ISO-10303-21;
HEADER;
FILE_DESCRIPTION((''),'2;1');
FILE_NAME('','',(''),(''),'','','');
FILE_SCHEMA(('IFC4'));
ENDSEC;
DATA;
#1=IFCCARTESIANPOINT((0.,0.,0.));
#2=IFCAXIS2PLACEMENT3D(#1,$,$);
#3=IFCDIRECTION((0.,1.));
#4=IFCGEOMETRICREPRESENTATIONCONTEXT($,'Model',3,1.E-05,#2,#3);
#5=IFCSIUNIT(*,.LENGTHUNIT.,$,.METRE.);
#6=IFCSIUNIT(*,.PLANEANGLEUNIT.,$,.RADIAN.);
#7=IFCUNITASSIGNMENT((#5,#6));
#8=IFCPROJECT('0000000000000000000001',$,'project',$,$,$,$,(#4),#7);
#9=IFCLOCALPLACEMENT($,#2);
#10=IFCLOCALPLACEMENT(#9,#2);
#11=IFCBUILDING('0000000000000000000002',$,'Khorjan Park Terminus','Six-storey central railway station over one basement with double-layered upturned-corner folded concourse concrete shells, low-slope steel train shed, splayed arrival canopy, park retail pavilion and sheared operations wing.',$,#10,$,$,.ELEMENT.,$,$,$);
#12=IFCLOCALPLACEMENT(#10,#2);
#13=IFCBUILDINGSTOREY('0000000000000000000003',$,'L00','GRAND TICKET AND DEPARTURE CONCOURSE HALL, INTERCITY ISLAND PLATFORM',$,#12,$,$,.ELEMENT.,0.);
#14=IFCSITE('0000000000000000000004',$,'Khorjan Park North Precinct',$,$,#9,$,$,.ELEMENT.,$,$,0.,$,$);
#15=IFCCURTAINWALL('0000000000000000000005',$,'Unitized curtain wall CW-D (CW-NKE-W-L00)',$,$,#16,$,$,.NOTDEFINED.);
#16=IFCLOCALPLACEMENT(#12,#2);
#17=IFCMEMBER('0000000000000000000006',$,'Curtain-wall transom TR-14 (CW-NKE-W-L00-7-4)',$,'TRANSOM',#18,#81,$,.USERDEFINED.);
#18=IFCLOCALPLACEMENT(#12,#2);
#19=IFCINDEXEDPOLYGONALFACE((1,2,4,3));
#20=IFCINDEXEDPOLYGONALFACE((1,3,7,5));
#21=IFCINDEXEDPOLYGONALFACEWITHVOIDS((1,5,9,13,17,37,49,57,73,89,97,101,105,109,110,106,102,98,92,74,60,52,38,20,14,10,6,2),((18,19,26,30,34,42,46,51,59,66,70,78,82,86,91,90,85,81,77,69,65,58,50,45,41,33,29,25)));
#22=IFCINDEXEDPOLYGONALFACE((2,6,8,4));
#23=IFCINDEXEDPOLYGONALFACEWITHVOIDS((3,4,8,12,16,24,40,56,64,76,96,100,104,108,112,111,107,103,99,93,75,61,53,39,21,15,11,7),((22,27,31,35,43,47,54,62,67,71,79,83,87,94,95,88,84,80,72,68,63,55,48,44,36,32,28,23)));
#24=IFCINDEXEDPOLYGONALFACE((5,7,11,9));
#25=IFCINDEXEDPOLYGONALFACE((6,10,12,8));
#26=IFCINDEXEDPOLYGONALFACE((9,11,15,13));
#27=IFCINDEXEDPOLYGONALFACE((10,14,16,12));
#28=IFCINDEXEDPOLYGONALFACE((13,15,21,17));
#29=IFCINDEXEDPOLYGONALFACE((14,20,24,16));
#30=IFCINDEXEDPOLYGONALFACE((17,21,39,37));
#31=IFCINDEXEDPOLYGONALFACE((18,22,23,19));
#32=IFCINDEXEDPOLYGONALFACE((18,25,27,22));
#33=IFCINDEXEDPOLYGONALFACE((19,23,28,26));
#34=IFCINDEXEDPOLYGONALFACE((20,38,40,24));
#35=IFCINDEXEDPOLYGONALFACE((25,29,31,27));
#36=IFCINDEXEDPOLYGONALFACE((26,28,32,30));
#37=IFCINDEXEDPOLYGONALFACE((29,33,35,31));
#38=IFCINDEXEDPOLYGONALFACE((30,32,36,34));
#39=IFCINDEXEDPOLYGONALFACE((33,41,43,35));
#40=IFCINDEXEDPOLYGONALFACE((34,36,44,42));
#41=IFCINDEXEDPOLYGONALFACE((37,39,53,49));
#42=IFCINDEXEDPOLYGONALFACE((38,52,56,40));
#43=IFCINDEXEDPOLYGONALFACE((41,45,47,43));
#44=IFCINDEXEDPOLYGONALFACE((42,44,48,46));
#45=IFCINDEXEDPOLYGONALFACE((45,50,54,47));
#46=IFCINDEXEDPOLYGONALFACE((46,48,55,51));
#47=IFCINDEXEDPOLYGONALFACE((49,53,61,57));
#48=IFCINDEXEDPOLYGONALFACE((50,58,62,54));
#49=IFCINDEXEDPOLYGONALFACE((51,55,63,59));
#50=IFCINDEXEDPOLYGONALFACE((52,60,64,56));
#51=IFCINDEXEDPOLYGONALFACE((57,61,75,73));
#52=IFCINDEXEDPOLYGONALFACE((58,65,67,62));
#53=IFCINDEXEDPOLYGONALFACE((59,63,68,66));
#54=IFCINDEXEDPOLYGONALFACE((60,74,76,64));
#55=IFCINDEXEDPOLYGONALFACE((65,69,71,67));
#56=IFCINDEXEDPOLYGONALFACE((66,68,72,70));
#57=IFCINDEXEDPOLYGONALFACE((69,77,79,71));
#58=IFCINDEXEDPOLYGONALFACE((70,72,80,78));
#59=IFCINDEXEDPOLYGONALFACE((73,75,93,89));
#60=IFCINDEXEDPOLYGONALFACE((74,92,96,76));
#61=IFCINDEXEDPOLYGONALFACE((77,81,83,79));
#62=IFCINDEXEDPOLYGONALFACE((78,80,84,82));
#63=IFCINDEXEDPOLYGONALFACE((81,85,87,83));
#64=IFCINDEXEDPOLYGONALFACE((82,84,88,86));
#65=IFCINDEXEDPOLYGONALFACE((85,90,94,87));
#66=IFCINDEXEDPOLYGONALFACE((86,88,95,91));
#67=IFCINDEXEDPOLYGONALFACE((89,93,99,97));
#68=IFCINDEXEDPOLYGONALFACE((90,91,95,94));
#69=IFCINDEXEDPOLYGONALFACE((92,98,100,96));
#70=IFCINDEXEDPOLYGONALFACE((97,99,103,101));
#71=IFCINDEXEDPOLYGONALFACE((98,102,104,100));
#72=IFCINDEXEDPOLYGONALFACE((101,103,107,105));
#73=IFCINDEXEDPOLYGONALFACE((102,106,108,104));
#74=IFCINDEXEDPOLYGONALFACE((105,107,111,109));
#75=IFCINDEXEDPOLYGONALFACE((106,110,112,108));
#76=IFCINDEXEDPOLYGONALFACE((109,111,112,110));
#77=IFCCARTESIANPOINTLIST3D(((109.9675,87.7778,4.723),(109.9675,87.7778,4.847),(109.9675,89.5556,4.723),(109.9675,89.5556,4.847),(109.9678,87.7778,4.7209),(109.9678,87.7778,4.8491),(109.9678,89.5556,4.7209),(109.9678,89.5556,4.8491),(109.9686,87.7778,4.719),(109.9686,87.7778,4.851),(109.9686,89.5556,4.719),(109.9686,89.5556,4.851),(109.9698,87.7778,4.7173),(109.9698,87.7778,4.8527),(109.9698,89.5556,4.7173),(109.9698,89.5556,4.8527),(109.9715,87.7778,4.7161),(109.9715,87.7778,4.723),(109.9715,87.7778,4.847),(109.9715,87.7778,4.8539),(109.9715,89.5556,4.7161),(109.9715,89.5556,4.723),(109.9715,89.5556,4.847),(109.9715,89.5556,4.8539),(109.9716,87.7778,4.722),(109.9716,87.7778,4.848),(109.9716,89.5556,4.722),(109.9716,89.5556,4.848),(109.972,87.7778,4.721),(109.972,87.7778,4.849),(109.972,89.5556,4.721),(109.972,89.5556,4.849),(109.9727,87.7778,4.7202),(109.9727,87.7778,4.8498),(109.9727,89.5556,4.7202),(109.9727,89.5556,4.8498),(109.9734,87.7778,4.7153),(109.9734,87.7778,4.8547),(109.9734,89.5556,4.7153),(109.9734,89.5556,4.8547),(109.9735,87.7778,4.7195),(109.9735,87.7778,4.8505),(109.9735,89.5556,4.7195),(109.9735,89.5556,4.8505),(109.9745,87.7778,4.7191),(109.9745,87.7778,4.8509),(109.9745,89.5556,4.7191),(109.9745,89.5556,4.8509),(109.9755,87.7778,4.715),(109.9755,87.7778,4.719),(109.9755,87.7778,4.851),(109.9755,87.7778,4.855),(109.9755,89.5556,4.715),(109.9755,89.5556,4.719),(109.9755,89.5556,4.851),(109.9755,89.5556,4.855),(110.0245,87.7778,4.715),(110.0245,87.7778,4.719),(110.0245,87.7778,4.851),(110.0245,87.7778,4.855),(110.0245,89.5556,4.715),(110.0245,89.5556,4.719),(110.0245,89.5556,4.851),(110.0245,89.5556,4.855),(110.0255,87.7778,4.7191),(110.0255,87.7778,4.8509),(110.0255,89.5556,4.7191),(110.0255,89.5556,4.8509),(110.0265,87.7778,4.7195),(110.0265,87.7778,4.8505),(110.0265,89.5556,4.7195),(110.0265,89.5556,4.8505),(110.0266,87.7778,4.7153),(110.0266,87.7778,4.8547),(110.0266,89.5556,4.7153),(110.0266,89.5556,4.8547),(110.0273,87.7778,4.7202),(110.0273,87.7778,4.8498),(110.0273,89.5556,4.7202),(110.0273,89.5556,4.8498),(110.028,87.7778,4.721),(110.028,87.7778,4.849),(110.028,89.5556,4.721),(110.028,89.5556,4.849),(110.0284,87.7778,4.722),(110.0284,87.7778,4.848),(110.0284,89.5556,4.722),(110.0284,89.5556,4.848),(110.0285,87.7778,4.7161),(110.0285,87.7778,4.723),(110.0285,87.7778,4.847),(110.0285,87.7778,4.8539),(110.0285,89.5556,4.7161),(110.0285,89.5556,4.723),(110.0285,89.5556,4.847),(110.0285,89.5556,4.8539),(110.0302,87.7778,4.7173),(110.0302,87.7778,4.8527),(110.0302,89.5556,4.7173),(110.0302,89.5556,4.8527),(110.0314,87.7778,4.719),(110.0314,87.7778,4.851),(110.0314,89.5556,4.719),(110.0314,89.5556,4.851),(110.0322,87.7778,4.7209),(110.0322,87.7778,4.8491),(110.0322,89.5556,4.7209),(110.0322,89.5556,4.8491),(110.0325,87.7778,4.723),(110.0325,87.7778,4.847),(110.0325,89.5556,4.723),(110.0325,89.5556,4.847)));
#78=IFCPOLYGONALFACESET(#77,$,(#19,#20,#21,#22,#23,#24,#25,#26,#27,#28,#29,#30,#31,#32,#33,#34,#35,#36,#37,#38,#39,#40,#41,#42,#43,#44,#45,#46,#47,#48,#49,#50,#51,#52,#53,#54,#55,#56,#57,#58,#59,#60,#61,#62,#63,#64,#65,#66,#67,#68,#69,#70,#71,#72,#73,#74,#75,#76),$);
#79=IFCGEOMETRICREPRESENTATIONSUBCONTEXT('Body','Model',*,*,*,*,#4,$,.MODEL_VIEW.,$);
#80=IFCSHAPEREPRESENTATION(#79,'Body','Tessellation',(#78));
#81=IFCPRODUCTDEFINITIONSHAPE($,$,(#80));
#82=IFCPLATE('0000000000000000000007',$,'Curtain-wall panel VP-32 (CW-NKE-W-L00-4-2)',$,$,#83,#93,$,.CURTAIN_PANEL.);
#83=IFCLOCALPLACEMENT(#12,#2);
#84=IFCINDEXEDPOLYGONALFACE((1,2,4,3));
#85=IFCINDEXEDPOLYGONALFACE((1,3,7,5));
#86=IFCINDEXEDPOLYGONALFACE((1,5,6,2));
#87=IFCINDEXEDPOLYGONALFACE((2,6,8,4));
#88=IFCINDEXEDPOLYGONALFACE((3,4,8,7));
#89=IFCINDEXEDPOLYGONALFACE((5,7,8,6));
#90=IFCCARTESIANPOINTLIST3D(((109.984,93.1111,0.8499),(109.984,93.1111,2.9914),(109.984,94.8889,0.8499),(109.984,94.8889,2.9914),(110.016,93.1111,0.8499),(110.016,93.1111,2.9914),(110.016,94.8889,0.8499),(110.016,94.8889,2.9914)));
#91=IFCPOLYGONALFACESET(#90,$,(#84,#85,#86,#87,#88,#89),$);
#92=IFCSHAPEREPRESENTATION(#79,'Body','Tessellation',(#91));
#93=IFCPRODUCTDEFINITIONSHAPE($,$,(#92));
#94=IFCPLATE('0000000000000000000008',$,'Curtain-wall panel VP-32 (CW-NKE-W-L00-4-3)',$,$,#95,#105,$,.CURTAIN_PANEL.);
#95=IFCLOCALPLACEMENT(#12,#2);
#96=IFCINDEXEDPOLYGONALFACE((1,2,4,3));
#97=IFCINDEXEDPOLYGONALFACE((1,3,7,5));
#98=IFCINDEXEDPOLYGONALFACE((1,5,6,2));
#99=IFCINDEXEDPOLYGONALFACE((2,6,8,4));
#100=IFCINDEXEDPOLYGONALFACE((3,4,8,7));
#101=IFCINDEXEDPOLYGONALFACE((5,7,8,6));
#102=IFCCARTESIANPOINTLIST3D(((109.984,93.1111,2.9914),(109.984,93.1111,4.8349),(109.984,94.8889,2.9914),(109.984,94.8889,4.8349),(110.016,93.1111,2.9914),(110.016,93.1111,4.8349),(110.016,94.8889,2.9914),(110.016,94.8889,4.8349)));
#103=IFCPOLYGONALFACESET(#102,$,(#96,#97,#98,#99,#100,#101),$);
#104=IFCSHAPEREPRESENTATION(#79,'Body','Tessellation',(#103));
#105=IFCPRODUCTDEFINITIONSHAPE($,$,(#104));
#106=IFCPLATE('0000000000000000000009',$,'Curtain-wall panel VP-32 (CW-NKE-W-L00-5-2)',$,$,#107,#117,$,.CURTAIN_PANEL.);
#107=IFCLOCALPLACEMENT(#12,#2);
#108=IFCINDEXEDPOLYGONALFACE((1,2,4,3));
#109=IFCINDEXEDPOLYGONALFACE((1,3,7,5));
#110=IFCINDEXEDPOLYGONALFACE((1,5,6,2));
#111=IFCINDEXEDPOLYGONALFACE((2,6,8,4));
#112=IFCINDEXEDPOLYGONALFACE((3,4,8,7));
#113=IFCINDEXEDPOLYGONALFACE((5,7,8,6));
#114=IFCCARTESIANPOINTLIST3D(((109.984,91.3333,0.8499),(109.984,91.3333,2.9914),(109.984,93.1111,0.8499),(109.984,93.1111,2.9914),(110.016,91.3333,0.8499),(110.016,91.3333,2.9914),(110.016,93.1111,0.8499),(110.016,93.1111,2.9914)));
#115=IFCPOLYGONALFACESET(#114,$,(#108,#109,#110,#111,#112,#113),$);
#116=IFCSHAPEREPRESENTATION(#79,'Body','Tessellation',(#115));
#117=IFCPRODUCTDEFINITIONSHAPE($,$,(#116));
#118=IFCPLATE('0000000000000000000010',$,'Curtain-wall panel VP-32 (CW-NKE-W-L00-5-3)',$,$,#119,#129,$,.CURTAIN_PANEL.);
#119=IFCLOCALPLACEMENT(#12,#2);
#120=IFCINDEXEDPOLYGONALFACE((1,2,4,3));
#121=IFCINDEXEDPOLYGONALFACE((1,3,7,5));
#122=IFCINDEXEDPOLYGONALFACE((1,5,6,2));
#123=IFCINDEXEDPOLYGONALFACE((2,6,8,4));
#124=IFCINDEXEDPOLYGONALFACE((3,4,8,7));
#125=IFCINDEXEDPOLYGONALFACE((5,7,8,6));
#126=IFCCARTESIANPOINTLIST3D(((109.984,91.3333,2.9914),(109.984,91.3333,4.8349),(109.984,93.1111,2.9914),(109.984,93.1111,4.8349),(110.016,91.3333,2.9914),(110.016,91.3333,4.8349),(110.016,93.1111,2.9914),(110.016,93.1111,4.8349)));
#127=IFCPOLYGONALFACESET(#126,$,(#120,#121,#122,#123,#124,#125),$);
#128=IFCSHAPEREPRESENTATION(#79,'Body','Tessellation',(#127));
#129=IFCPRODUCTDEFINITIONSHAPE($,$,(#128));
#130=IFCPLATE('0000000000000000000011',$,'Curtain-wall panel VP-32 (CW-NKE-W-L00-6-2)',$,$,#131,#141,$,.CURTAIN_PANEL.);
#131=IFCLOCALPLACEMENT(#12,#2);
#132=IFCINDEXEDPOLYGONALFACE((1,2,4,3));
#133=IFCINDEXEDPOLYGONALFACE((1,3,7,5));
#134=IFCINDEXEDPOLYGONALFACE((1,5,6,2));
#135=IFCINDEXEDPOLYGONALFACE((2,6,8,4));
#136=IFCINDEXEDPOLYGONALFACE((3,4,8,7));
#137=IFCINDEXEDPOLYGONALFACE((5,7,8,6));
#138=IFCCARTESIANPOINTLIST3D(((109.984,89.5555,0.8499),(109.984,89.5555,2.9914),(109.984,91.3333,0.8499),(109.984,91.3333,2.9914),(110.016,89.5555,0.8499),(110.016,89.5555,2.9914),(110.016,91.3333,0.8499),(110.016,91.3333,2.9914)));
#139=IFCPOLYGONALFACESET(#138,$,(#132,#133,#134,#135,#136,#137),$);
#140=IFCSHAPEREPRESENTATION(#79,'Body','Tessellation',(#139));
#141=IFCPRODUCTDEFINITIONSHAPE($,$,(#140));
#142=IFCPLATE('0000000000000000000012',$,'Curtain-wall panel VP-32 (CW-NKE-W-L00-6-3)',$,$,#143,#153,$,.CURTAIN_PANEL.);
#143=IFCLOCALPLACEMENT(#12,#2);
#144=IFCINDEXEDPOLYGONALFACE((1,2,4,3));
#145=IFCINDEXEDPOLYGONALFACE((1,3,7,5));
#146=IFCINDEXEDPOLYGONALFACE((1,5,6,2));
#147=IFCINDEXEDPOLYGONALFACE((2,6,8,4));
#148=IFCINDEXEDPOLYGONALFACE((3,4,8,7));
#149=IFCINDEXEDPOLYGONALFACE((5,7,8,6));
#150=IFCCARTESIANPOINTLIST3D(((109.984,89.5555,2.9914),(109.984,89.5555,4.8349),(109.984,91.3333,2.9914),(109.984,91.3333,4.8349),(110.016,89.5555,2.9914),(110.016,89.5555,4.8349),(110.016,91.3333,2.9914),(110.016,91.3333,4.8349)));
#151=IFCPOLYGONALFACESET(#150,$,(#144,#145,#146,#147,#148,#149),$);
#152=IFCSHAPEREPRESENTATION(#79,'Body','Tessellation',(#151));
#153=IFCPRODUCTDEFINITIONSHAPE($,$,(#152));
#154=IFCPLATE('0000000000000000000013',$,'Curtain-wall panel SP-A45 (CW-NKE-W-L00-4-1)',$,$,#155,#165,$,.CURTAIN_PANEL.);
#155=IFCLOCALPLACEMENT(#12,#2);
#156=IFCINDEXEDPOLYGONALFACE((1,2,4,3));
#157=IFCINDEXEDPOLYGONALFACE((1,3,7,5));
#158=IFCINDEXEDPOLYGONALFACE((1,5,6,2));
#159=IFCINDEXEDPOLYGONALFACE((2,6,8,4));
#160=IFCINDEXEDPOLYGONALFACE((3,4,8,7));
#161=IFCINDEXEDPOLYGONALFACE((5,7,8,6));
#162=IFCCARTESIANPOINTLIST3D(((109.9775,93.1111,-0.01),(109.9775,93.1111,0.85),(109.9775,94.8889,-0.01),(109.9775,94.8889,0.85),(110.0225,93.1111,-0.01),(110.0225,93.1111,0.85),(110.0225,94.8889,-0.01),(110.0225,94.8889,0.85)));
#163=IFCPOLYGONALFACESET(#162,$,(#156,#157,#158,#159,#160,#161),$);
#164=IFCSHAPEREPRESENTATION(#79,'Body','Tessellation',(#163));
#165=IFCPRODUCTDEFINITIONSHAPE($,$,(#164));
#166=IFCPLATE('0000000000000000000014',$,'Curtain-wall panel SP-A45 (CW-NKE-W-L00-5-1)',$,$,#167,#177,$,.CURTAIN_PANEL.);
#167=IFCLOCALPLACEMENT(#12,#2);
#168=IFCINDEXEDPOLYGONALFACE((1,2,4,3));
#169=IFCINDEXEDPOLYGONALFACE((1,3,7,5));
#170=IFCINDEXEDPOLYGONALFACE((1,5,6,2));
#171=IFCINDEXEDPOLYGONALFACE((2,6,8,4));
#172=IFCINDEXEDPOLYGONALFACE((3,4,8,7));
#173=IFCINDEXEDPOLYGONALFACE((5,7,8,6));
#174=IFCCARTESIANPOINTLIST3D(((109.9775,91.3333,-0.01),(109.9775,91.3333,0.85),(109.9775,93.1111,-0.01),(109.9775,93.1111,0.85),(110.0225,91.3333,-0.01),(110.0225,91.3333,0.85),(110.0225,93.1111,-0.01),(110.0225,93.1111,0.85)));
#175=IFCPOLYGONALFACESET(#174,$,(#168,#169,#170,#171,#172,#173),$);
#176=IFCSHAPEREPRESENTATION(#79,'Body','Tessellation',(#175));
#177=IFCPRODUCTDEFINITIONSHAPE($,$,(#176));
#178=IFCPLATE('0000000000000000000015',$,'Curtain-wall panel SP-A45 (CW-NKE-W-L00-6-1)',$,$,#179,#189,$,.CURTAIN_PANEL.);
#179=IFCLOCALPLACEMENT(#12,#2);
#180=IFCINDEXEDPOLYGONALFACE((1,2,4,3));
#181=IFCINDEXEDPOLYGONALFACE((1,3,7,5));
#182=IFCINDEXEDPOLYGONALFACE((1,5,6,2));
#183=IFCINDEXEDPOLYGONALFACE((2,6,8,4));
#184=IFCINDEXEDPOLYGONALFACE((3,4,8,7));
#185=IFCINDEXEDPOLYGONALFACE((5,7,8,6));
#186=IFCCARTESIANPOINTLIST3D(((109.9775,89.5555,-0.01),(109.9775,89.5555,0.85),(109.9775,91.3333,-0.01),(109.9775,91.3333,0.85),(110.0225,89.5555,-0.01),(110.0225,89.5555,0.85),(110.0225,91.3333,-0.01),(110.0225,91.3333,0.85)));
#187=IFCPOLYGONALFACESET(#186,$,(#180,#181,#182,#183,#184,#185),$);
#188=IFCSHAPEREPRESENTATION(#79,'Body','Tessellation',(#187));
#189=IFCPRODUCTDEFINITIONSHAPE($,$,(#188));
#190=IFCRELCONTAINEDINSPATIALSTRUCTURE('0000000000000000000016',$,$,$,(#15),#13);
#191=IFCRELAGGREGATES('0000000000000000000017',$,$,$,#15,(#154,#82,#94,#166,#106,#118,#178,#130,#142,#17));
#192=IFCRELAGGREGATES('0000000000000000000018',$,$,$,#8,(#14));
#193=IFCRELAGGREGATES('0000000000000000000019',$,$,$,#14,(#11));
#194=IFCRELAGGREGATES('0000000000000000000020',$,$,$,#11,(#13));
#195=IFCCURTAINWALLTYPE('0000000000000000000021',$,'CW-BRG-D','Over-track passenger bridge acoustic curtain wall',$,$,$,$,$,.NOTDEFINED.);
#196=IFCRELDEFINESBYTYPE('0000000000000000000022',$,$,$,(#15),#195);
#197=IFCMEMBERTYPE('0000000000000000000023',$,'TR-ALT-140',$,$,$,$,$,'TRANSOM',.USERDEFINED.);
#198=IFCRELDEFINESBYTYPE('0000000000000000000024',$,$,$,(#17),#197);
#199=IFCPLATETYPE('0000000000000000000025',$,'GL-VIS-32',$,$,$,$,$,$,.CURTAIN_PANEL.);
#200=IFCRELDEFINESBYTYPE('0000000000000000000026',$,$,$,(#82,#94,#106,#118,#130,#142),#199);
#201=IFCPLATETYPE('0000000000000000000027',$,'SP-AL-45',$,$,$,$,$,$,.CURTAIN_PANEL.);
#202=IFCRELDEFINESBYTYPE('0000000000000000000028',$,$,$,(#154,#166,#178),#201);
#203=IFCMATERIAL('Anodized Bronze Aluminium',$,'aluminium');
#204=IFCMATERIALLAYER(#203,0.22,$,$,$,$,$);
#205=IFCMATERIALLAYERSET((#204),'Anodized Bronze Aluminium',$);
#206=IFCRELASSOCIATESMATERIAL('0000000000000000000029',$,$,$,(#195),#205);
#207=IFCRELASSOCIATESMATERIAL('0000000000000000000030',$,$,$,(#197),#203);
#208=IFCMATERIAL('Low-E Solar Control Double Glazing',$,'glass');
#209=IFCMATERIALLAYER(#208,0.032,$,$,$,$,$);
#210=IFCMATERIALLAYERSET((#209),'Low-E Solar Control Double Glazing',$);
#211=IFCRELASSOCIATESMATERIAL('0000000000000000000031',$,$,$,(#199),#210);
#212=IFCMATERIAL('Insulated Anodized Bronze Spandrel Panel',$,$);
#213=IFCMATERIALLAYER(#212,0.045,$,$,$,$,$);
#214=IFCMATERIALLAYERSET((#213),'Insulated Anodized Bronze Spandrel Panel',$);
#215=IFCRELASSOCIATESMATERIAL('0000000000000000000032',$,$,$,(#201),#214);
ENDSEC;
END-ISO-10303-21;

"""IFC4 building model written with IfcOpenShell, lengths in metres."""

from ifc_helpers import new_model, si_unit, direction, frame, origin, origin_2d, place, context, subcontext, project, spatial, rectangle, hollow_rectangle, extrude, material, layer, layer_set, material_profile, profile_set, type_object, element, aggregate, save


model = new_model("IFC4")

# Units and contexts
model_context = context("Model", 3, precision=1e-05, world=origin(), true_north=direction((0.0, 1.0)))
body_context = subcontext(model_context, "Body", "Model", "MODEL_VIEW")
ifc_project = project(units=[si_unit("LENGTHUNIT", "METRE"), si_unit("PLANEANGLEUNIT", "RADIAN")], contexts=[model_context])

# Site, building, storey
site_placement = place(None, origin())
site = spatial("IfcSite", under=ifc_project, at=site_placement, Name="Khorjan Park North Precinct", CompositionType="ELEMENT", RefElevation=0.0)
building_placement = place(site_placement, origin())
building = spatial("IfcBuilding", under=site, at=building_placement, Name="Khorjan Park Terminus", Description="Six-storey central railway station over one basement with double-layered upturned-corner folded concourse concrete shells, low-slope steel train shed, splayed arrival canopy, park retail pavilion and sheared operations wing.", CompositionType="ELEMENT")
storey_placement = place(building_placement, origin())
storey = spatial("IfcBuildingStorey", under=building, at=storey_placement, Name="L00", Description="GRAND TICKET AND DEPARTURE CONCOURSE HALL, INTERCITY ISLAND PLATFORM", CompositionType="ELEMENT", Elevation=0.0)

# Curtain wall, member, plates
ifc_material_1 = material(Name="Anodized Bronze Aluminium", Category="aluminium")
ifc_layer_1 = layer(ifc_material_1, 0.22)
ifc_layer_set_1 = layer_set([ifc_layer_1], Name="Anodized Bronze Aluminium")
curtain_wall_type = type_object("IfcCurtainWallType", Name="CW-BRG-D", Description="Over-track passenger bridge acoustic curtain wall", PredefinedType="NOTDEFINED", material=ifc_layer_set_1)
curtain_wall_placement = place(storey_placement, origin())
curtain_wall = element("IfcCurtainWall", 1, at=curtain_wall_placement, inside=storey, type_object=curtain_wall_type, Name="Unitized curtain wall CW-D (CW-NKE-W-L00)", PredefinedType="NOTDEFINED")
ifc_material_profile_1 = material_profile(ifc_material_1, hollow_rectangle(XDim=0.065, YDim=0.14, WallThickness=0.004, InnerFilletRadius=0.004, OuterFilletRadius=0.008, at=origin_2d()), Name="ALT 65x140x4")
ifc_profile_set_1 = profile_set([ifc_material_profile_1], Name="Anodized Bronze Aluminium")
member_type_1 = type_object("IfcMemberType", Name="TR-ALT-140", ElementType="TRANSOM", PredefinedType="USERDEFINED", material=ifc_profile_set_1)
member_1_placement = place(storey_placement, frame((110.0, 89.5556, 4.785), z_axis=(0.0, -1.0, 0.0), x_axis=(1.0, 0.0, 0.0)))
member_1 = element("IfcMember", 2, at=member_1_placement, type_object=member_type_1, Name="Curtain-wall transom TR-14 (CW-NKE-W-L00-7-4)", ObjectType="TRANSOM", PredefinedType="USERDEFINED", context=body_context, shape_type="SweptSolid", body=[
    extrude(hollow_rectangle(XDim=0.065, YDim=0.14, WallThickness=0.004, InnerFilletRadius=0.004, OuterFilletRadius=0.008, at=origin_2d()), origin(), (0.0, 0.0, 1.0), 1.7778),
])
ifc_material_2 = material(Name="Low-E Solar Control Double Glazing", Category="glass")
ifc_layer_2 = layer(ifc_material_2, 0.032)
ifc_layer_set_2 = layer_set([ifc_layer_2], Name="Low-E Solar Control Double Glazing")
plate_type_1 = type_object("IfcPlateType", Name="GL-VIS-32", PredefinedType="CURTAIN_PANEL", material=ifc_layer_set_2)
plate_1_placement = place(storey_placement, frame((110.0, 94.0, 0.8499), z_axis=(0.0, 0.0, 1.0), x_axis=(0.0, -1.0, 0.0)))
plate_1 = element("IfcPlate", 3, at=plate_1_placement, type_object=plate_type_1, Name="Curtain-wall panel VP-32 (CW-NKE-W-L00-4-2)", PredefinedType="CURTAIN_PANEL", context=body_context, shape_type="SweptSolid", body=[
    extrude(rectangle(XDim=1.7778, YDim=0.032, at=origin_2d()), origin(), (0.0, 0.0, 1.0), 2.1415),
])
plate_2_placement = place(storey_placement, frame((110.0, 94.0, 2.9914), z_axis=(0.0, 0.0, 1.0), x_axis=(0.0, -1.0, 0.0)))
plate_2 = element("IfcPlate", 4, at=plate_2_placement, type_object=plate_type_1, Name="Curtain-wall panel VP-32 (CW-NKE-W-L00-4-3)", PredefinedType="CURTAIN_PANEL", context=body_context, shape_type="SweptSolid", body=[
    extrude(rectangle(XDim=1.7778, YDim=0.032, at=origin_2d()), origin(), (0.0, 0.0, 1.0), 1.8435),
])
plate_3_placement = place(storey_placement, frame((110.0, 92.2222, 0.8499), z_axis=(0.0, 0.0, 1.0), x_axis=(0.0, -1.0, 0.0)))
plate_3 = element("IfcPlate", 5, at=plate_3_placement, type_object=plate_type_1, Name="Curtain-wall panel VP-32 (CW-NKE-W-L00-5-2)", PredefinedType="CURTAIN_PANEL", context=body_context, shape_type="SweptSolid", body=[
    extrude(rectangle(XDim=1.7778, YDim=0.032, at=origin_2d()), origin(), (0.0, 0.0, 1.0), 2.1415),
])
plate_4_placement = place(storey_placement, frame((110.0, 92.2222, 2.9914), z_axis=(0.0, 0.0, 1.0), x_axis=(0.0, -1.0, 0.0)))
plate_4 = element("IfcPlate", 6, at=plate_4_placement, type_object=plate_type_1, Name="Curtain-wall panel VP-32 (CW-NKE-W-L00-5-3)", PredefinedType="CURTAIN_PANEL", context=body_context, shape_type="SweptSolid", body=[
    extrude(rectangle(XDim=1.7778, YDim=0.032, at=origin_2d()), origin(), (0.0, 0.0, 1.0), 1.8435),
])
plate_5_placement = place(storey_placement, frame((110.0, 90.4444, 0.8499), z_axis=(0.0, 0.0, 1.0), x_axis=(0.0, -1.0, 0.0)))
plate_5 = element("IfcPlate", 7, at=plate_5_placement, type_object=plate_type_1, Name="Curtain-wall panel VP-32 (CW-NKE-W-L00-6-2)", PredefinedType="CURTAIN_PANEL", context=body_context, shape_type="SweptSolid", body=[
    extrude(rectangle(XDim=1.7778, YDim=0.032, at=origin_2d()), origin(), (0.0, 0.0, 1.0), 2.1415),
])
plate_6_placement = place(storey_placement, frame((110.0, 90.4444, 2.9914), z_axis=(0.0, 0.0, 1.0), x_axis=(0.0, -1.0, 0.0)))
plate_6 = element("IfcPlate", 8, at=plate_6_placement, type_object=plate_type_1, Name="Curtain-wall panel VP-32 (CW-NKE-W-L00-6-3)", PredefinedType="CURTAIN_PANEL", context=body_context, shape_type="SweptSolid", body=[
    extrude(rectangle(XDim=1.7778, YDim=0.032, at=origin_2d()), origin(), (0.0, 0.0, 1.0), 1.8435),
])
ifc_material_3 = material(Name="Insulated Anodized Bronze Spandrel Panel")
ifc_layer_3 = layer(ifc_material_3, 0.045)
ifc_layer_set_3 = layer_set([ifc_layer_3], Name="Insulated Anodized Bronze Spandrel Panel")
plate_type_2 = type_object("IfcPlateType", Name="SP-AL-45", PredefinedType="CURTAIN_PANEL", material=ifc_layer_set_3)
plate_7_placement = place(storey_placement, frame((110.0, 94.0, -0.01), z_axis=(0.0, 0.0, 1.0), x_axis=(0.0, -1.0, 0.0)))
plate_7 = element("IfcPlate", 9, at=plate_7_placement, type_object=plate_type_2, Name="Curtain-wall panel SP-A45 (CW-NKE-W-L00-4-1)", PredefinedType="CURTAIN_PANEL", context=body_context, shape_type="SweptSolid", body=[
    extrude(rectangle(XDim=1.7778, YDim=0.045, at=origin_2d()), origin(), (0.0, 0.0, 1.0), 0.86),
])
plate_8_placement = place(storey_placement, frame((110.0, 92.2222, -0.01), z_axis=(0.0, 0.0, 1.0), x_axis=(0.0, -1.0, 0.0)))
plate_8 = element("IfcPlate", 10, at=plate_8_placement, type_object=plate_type_2, Name="Curtain-wall panel SP-A45 (CW-NKE-W-L00-5-1)", PredefinedType="CURTAIN_PANEL", context=body_context, shape_type="SweptSolid", body=[
    extrude(rectangle(XDim=1.7778, YDim=0.045, at=origin_2d()), origin(), (0.0, 0.0, 1.0), 0.86),
])
plate_9_placement = place(storey_placement, frame((110.0, 90.4444, -0.01), z_axis=(0.0, 0.0, 1.0), x_axis=(0.0, -1.0, 0.0)))
plate_9 = element("IfcPlate", 11, at=plate_9_placement, type_object=plate_type_2, Name="Curtain-wall panel SP-A45 (CW-NKE-W-L00-6-1)", PredefinedType="CURTAIN_PANEL", context=body_context, shape_type="SweptSolid", body=[
    extrude(rectangle(XDim=1.7778, YDim=0.045, at=origin_2d()), origin(), (0.0, 0.0, 1.0), 0.86),
])
aggregate(curtain_wall, [plate_7, plate_1, plate_2, plate_8, plate_3, plate_4, plate_9, plate_5, plate_6, member_1])

save(model, "model.ifc")
